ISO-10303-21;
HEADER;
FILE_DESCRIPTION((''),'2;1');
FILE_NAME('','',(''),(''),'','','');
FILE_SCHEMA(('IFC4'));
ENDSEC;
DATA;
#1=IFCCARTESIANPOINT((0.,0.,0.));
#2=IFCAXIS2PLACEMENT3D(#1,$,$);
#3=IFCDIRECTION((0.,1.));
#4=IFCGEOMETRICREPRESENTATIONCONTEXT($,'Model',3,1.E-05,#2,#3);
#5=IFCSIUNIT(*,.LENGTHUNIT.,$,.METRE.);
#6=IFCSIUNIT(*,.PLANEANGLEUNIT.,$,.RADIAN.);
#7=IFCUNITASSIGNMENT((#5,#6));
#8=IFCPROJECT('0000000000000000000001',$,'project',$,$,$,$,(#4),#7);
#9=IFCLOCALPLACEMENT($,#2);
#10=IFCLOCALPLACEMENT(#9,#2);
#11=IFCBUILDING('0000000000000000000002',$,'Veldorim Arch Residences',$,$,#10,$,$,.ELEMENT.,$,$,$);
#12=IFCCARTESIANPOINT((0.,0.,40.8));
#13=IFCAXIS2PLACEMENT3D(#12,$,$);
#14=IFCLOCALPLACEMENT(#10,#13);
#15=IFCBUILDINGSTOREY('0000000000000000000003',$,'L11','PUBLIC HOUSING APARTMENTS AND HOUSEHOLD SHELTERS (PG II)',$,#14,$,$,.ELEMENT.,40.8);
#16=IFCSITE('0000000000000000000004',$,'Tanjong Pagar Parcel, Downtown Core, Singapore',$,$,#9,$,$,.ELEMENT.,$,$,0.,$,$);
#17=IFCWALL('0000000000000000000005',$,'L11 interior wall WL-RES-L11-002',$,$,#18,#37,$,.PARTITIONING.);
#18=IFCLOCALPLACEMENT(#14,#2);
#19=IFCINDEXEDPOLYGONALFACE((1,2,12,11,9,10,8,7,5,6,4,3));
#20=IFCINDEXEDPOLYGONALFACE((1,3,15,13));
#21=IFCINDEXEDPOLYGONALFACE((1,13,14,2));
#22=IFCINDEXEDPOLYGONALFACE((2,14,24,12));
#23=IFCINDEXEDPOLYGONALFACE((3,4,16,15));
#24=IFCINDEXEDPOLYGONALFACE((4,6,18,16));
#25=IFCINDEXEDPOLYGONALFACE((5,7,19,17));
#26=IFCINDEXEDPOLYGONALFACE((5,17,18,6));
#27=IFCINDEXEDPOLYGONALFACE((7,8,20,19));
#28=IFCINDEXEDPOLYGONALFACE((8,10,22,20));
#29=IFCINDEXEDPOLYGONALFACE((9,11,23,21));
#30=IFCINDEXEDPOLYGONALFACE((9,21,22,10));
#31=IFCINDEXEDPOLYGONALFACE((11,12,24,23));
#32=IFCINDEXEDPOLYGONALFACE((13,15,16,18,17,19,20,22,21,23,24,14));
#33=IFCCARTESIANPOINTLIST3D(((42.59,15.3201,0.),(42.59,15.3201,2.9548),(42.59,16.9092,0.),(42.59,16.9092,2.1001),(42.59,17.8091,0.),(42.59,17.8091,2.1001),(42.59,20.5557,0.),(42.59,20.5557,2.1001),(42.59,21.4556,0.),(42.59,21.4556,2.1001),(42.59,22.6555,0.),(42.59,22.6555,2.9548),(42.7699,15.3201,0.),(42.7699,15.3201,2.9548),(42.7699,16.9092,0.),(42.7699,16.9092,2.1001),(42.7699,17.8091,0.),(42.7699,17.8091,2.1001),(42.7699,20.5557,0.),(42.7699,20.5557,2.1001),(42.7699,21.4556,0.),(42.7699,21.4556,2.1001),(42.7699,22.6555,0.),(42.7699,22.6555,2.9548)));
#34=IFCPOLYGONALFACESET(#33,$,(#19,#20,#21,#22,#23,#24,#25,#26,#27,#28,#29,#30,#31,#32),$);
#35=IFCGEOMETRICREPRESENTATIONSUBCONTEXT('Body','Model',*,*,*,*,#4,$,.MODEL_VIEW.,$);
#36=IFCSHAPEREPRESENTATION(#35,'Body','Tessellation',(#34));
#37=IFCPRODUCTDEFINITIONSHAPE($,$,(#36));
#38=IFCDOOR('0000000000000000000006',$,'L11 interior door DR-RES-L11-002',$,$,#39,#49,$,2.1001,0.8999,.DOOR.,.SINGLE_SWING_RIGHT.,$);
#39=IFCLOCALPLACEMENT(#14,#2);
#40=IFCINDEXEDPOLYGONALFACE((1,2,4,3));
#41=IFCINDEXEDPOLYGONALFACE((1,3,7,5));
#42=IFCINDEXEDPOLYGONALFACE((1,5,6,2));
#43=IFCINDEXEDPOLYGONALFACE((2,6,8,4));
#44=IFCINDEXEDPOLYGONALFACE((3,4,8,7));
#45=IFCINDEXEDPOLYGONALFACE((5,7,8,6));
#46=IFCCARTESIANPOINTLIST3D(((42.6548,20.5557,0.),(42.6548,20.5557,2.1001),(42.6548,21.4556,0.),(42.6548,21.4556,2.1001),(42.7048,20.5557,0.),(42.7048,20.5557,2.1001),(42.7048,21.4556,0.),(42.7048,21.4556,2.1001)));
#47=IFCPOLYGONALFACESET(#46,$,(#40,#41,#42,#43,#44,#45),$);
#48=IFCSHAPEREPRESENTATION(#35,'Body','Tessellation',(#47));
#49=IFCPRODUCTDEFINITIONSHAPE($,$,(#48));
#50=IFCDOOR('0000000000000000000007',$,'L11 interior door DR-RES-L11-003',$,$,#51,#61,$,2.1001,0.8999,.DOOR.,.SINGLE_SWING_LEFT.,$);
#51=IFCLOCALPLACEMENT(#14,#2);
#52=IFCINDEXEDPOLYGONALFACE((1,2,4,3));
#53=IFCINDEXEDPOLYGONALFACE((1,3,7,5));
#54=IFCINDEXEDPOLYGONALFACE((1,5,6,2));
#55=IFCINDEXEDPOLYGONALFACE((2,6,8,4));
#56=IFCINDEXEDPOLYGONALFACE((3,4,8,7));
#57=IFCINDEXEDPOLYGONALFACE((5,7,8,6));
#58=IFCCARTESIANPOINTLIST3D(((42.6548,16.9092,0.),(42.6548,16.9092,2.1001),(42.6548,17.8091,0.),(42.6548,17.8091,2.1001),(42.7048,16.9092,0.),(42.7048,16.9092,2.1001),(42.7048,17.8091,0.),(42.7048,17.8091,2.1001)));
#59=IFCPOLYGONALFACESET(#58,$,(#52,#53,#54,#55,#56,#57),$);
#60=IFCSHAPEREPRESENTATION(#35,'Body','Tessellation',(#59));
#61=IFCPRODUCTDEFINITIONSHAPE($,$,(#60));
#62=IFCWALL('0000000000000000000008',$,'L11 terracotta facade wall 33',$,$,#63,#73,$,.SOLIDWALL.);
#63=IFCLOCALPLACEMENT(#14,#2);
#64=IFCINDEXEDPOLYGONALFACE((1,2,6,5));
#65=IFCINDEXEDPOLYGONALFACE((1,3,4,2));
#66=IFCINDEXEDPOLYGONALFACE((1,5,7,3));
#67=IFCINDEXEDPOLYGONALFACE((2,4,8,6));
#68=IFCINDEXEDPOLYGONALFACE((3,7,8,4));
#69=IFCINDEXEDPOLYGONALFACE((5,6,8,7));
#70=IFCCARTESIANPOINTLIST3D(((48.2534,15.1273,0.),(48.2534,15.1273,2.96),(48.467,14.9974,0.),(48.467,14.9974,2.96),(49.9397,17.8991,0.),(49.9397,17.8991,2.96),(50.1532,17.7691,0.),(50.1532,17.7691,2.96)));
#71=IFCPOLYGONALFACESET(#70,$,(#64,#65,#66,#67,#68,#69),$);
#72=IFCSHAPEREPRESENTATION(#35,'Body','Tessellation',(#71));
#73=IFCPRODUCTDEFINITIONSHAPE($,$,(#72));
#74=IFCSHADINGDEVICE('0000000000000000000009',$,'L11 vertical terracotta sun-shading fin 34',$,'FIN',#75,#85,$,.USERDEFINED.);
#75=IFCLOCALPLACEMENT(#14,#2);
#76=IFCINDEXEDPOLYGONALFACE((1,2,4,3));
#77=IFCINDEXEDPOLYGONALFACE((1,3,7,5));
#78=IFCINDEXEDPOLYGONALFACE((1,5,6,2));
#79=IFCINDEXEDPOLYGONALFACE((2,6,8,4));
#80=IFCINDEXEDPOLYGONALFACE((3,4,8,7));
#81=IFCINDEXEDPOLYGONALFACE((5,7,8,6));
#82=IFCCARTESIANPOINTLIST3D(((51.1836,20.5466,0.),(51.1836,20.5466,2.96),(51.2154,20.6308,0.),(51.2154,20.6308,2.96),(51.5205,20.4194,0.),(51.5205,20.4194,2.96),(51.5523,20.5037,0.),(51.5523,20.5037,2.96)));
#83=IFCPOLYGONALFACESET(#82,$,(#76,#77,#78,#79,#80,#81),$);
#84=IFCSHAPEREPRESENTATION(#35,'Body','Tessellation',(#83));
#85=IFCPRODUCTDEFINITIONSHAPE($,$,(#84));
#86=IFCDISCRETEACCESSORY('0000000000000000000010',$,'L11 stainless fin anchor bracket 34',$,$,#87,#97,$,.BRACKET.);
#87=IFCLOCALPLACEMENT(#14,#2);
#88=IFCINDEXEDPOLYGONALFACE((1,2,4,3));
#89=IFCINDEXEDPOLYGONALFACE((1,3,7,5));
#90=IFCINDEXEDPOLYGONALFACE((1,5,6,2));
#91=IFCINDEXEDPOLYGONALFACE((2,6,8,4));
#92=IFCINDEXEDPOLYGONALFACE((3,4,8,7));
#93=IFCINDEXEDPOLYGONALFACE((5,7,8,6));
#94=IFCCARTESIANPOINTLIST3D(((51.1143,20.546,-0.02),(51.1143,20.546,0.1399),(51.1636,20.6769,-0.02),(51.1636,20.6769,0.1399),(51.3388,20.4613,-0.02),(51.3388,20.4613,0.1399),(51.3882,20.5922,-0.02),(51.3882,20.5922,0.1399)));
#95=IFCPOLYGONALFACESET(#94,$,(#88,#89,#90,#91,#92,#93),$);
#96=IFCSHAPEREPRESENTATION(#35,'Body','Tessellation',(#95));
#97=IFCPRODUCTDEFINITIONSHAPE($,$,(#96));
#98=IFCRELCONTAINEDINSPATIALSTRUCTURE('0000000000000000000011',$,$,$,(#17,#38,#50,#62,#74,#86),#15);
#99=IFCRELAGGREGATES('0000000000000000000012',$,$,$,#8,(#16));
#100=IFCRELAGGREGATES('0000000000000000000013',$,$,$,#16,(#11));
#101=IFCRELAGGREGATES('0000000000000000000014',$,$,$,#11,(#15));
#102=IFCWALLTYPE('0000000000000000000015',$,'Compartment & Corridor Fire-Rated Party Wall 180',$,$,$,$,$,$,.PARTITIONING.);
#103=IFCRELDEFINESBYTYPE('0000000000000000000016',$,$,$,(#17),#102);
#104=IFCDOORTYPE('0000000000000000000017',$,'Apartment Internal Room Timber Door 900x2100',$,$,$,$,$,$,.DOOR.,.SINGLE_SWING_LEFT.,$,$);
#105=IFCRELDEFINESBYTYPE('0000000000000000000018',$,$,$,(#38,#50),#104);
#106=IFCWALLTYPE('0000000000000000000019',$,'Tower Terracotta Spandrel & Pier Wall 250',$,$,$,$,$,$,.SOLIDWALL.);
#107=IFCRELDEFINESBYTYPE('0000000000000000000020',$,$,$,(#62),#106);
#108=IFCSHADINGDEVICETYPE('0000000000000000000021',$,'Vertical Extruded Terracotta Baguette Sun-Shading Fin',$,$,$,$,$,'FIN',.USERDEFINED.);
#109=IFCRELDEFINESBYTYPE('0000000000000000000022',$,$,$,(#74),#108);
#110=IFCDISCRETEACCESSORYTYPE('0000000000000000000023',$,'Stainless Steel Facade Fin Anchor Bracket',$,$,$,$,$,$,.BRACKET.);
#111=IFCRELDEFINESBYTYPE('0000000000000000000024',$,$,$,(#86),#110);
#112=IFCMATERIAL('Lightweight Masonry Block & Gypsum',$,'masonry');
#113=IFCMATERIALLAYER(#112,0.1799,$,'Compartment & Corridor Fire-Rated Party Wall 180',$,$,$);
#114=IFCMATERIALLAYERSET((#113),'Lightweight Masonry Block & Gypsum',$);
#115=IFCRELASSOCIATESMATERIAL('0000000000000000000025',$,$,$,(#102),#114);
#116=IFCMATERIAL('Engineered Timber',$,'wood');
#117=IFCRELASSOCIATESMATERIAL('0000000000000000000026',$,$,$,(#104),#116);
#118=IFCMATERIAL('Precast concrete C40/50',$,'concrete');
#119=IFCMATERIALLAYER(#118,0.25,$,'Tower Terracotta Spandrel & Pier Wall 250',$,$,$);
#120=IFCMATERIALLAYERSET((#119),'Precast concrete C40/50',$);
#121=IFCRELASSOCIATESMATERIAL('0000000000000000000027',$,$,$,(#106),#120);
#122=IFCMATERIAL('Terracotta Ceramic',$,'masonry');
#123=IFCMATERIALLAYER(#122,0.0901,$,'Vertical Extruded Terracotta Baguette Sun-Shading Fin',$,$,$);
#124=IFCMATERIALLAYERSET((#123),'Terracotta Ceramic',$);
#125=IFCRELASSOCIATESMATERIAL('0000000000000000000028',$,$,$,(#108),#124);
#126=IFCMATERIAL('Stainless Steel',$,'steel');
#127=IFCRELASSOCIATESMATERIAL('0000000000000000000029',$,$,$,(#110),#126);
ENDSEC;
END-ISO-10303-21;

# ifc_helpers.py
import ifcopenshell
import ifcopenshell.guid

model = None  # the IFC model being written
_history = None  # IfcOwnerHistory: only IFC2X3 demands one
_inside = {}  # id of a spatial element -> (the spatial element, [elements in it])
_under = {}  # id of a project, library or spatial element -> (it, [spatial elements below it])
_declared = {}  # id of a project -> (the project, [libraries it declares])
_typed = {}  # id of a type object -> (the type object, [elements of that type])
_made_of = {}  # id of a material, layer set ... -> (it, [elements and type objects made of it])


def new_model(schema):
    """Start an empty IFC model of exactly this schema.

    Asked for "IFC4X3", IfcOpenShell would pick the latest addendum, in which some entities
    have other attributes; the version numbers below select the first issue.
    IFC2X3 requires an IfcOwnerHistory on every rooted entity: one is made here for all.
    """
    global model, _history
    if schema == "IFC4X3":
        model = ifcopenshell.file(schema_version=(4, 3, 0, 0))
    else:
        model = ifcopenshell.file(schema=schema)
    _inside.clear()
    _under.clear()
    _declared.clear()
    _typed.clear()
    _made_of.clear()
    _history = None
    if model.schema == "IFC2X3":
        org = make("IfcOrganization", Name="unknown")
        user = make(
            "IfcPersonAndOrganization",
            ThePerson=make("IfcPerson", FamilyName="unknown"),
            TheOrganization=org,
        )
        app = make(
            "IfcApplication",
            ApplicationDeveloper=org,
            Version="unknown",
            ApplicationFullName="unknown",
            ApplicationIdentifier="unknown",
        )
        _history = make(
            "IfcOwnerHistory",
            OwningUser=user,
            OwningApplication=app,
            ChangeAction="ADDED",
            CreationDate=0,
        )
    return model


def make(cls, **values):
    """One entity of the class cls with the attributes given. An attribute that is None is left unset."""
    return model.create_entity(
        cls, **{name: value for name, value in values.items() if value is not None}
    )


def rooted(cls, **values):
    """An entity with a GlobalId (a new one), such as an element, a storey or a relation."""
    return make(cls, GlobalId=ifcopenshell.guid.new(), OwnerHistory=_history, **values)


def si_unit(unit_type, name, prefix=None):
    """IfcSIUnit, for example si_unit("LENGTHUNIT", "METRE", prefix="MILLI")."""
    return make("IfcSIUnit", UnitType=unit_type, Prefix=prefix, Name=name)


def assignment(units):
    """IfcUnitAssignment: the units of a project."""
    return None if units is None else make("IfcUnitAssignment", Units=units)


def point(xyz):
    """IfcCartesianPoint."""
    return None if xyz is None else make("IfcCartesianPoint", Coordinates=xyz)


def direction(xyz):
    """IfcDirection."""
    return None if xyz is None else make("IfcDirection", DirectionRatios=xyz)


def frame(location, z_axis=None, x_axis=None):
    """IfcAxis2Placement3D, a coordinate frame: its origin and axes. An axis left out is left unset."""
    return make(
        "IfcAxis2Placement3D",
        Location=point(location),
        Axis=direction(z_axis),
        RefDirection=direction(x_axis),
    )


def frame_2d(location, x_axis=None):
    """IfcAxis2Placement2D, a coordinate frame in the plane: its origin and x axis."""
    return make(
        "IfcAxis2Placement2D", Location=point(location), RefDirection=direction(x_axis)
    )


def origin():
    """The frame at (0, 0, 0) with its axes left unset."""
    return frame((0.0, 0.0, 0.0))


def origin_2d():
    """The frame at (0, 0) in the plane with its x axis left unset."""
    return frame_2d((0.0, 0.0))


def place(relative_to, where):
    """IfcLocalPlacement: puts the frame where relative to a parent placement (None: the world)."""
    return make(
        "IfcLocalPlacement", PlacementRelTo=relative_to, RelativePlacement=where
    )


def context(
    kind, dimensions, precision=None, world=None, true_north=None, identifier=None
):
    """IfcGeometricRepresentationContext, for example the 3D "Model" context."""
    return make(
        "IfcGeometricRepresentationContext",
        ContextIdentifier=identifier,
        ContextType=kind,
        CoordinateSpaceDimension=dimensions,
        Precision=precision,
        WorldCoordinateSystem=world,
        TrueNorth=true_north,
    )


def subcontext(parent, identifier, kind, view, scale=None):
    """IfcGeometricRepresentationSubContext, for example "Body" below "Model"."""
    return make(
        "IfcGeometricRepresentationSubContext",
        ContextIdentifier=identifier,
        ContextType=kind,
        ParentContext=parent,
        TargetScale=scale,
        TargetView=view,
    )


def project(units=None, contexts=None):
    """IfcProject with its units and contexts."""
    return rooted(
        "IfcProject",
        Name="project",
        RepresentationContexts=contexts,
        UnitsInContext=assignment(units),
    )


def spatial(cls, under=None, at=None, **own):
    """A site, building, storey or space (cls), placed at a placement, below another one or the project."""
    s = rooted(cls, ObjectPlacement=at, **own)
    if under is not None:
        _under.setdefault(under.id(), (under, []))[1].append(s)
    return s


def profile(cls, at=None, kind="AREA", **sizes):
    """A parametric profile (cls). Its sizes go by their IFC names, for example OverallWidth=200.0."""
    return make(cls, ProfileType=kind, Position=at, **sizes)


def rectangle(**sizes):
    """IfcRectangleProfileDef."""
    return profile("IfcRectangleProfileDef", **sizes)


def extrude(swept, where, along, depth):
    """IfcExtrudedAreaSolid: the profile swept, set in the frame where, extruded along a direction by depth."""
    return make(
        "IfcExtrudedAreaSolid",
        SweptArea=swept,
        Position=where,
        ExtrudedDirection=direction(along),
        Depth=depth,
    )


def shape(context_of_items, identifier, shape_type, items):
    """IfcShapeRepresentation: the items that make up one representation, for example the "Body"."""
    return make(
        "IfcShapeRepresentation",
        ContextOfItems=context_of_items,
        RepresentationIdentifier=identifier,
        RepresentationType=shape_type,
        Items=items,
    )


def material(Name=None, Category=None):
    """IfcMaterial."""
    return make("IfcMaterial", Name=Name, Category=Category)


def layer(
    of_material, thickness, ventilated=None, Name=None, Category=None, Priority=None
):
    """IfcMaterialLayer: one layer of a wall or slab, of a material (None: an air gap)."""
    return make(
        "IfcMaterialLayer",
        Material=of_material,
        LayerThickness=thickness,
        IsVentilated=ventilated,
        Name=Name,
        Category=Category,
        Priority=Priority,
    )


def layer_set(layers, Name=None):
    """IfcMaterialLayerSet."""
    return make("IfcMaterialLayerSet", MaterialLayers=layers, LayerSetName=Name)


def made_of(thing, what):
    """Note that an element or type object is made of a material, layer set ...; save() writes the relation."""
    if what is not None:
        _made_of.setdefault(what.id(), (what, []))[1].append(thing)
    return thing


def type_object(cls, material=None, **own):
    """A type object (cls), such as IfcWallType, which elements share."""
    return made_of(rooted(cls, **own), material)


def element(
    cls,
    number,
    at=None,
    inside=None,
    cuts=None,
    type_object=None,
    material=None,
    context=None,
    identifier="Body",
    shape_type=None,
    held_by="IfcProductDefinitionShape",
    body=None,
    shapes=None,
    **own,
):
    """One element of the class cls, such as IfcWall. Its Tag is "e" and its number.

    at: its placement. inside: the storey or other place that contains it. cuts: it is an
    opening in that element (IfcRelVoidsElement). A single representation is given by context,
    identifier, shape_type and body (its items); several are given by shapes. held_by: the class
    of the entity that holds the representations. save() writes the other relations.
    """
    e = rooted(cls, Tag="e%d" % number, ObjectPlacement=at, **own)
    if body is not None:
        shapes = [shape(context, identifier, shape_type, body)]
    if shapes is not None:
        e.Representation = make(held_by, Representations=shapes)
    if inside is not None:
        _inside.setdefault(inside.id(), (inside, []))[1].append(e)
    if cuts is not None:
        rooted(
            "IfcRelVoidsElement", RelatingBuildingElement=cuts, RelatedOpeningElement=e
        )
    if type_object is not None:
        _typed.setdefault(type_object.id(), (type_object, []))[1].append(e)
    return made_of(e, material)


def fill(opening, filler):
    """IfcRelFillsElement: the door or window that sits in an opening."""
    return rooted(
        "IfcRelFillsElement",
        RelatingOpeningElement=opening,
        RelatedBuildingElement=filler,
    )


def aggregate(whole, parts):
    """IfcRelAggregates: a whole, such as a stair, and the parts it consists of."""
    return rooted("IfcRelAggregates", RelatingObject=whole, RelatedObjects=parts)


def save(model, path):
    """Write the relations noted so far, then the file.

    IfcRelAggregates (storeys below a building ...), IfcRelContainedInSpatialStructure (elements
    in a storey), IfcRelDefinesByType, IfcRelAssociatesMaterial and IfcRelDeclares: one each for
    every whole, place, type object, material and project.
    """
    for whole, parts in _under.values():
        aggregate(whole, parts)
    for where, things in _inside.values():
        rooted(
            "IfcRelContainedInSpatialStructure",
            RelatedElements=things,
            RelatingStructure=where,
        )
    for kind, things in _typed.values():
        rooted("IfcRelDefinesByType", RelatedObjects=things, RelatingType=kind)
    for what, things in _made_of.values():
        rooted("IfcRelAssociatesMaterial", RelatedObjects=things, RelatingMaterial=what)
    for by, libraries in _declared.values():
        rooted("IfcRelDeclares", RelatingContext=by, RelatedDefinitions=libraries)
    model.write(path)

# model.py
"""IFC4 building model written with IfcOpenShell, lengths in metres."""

from ifc_helpers import new_model, si_unit, direction, frame, frame_2d, origin, origin_2d, place, context, subcontext, project, spatial, rectangle, extrude, material, layer, layer_set, type_object, element, fill, save


model = new_model("IFC4")

# Units and contexts
model_context = context("Model", 3, precision=1e-05, world=origin(), true_north=direction((0.0, 1.0)))
body_context = subcontext(model_context, "Body", "Model", "MODEL_VIEW")
ifc_project = project(units=[si_unit("LENGTHUNIT", "METRE"), si_unit("PLANEANGLEUNIT", "RADIAN")], contexts=[model_context])

# Site, building, storey
site_placement = place(None, origin())
site = spatial("IfcSite", under=ifc_project, at=site_placement, Name="Tanjong Pagar Parcel, Downtown Core, Singapore", CompositionType="ELEMENT", RefElevation=0.0)
building_placement = place(site_placement, origin())
building = spatial("IfcBuilding", under=site, at=building_placement, Name="Veldorim Arch Residences", CompositionType="ELEMENT")
storey_placement = place(building_placement, frame((0.0, 0.0, 40.8)))
storey = spatial("IfcBuildingStorey", under=building, at=storey_placement, Name="L11", Description="PUBLIC HOUSING APARTMENTS AND HOUSEHOLD SHELTERS (PG II)", CompositionType="ELEMENT", Elevation=40.8)

# Shared definitions
ifc_material_1 = material(Name="Lightweight Masonry Block & Gypsum", Category="masonry")
ifc_layer_1 = layer(ifc_material_1, 0.1799, Name="Compartment & Corridor Fire-Rated Party Wall 180")
ifc_layer_set_1 = layer_set([ifc_layer_1], Name="Lightweight Masonry Block & Gypsum")
wall_type_1 = type_object("IfcWallType", Name="Compartment & Corridor Fire-Rated Party Wall 180", PredefinedType="PARTITIONING", material=ifc_layer_set_1)

# Wall, openings, doors
wall_1_placement = place(storey_placement, frame((42.6799, 22.6555, 0.0), z_axis=(0.0, 0.0, 1.0), x_axis=(0.0, -1.0, 0.0)))
wall_1 = element("IfcWall", 1, at=wall_1_placement, inside=storey, type_object=wall_type_1, Name="L11 interior wall WL-RES-L11-002", PredefinedType="PARTITIONING", context=body_context, shape_type="SweptSolid", body=[
    extrude(rectangle(XDim=7.3354, YDim=0.1799, at=frame_2d((3.6677, 0.0))), origin(), (0.0, 0.0, 1.0), 2.9548),
])
opening_1_placement = place(wall_1_placement, frame((1.2, 0.0, 0.0)))
opening_1 = element("IfcOpeningElement", 2, at=opening_1_placement, cuts=wall_1, PredefinedType="OPENING", context=body_context, shape_type="SweptSolid", body=[
    extrude(rectangle(XDim=0.8999, YDim=2.1001, at=frame_2d((0.45, 1.05))), frame((0.0, 0.0999, 0.0), z_axis=(0.0, -1.0, 0.0), x_axis=(1.0, 0.0, 0.0)), (0.0, 0.0, 1.0), 0.2),
])
opening_2_placement = place(wall_1_placement, frame((4.8464, 0.0, 0.0)))
opening_2 = element("IfcOpeningElement", 3, at=opening_2_placement, cuts=wall_1, PredefinedType="OPENING", context=body_context, shape_type="SweptSolid", body=[
    extrude(rectangle(XDim=0.8999, YDim=2.1001, at=frame_2d((0.45, 1.05))), frame((0.0, 0.0999, 0.0), z_axis=(0.0, -1.0, 0.0), x_axis=(1.0, 0.0, 0.0)), (0.0, 0.0, 1.0), 0.2),
])
ifc_material_2 = material(Name="Engineered Timber", Category="wood")
door_type_1 = type_object("IfcDoorType", Name="Apartment Internal Room Timber Door 900x2100", OperationType="SINGLE_SWING_LEFT", PredefinedType="DOOR", material=ifc_material_2)
door_1_placement = place(opening_1_placement, origin())
door_1 = element("IfcDoor", 4, at=door_1_placement, inside=storey, type_object=door_type_1, Name="L11 interior door DR-RES-L11-002", OperationType="SINGLE_SWING_RIGHT", OverallHeight=2.1001, OverallWidth=0.8999, PredefinedType="DOOR", context=body_context, shape_type="SweptSolid", body=[
    extrude(rectangle(XDim=0.8999, YDim=2.1001, at=frame_2d((0.45, 1.05))), frame((0.0, 0.0249, 0.0), z_axis=(0.0, -1.0, 0.0), x_axis=(1.0, 0.0, 0.0)), (0.0, 0.0, 1.0), 0.05),
])
fill(opening_1, door_1)
door_2_placement = place(opening_2_placement, origin())
door_2 = element("IfcDoor", 5, at=door_2_placement, inside=storey, type_object=door_type_1, Name="L11 interior door DR-RES-L11-003", OperationType="SINGLE_SWING_LEFT", OverallHeight=2.1001, OverallWidth=0.8999, PredefinedType="DOOR", context=body_context, shape_type="SweptSolid", body=[
    extrude(rectangle(XDim=0.8999, YDim=2.1001, at=frame_2d((0.45, 1.05))), frame((0.0, 0.0249, 0.0), z_axis=(0.0, -1.0, 0.0), x_axis=(1.0, 0.0, 0.0)), (0.0, 0.0, 1.0), 0.05),
])
fill(opening_2, door_2)

# Wall
ifc_material_3 = material(Name="Precast concrete C40/50", Category="concrete")
ifc_layer_2 = layer(ifc_material_3, 0.25, Name="Tower Terracotta Spandrel & Pier Wall 250")
ifc_layer_set_2 = layer_set([ifc_layer_2], Name="Precast concrete C40/50")
wall_type_2 = type_object("IfcWallType", Name="Tower Terracotta Spandrel & Pier Wall 250", PredefinedType="SOLIDWALL", material=ifc_layer_set_2)
wall_2_placement = place(storey_placement, frame((50.0464, 17.834, 0.0), z_axis=(0.0, 0.0, 1.0), x_axis=(-0.519754, -0.854316, 0.0)))
element("IfcWall", 6, at=wall_2_placement, inside=storey, type_object=wall_type_2, Name="L11 terracotta facade wall 33", PredefinedType="SOLIDWALL", context=body_context, shape_type="SweptSolid", body=[
    extrude(rectangle(XDim=3.2444, YDim=0.25, at=frame_2d((1.6221, 0.0))), origin(), (0.0, 0.0, 1.0), 2.96),
])

# Shading device
ifc_material_4 = material(Name="Terracotta Ceramic", Category="masonry")
ifc_layer_3 = layer(ifc_material_4, 0.0901, Name="Vertical Extruded Terracotta Baguette Sun-Shading Fin")
ifc_layer_set_3 = layer_set([ifc_layer_3], Name="Terracotta Ceramic")
shading_device_type = type_object("IfcShadingDeviceType", Name="Vertical Extruded Terracotta Baguette Sun-Shading Fin", ElementType="FIN", PredefinedType="USERDEFINED", material=ifc_layer_set_3)
shading_device_placement = place(storey_placement, frame((51.3679, 20.5251, 0.0), z_axis=(0.0, 0.0, 1.0), x_axis=(-0.352985, -0.935629, 0.0)))
element("IfcShadingDevice", 7, at=shading_device_placement, inside=storey, type_object=shading_device_type, Name="L11 vertical terracotta sun-shading fin 34", ObjectType="FIN", PredefinedType="USERDEFINED", context=body_context, shape_type="SweptSolid", body=[
    extrude(rectangle(XDim=0.0901, YDim=0.3601, at=origin_2d()), origin(), (0.0, 0.0, 1.0), 2.96),
])

# Discrete accessory
ifc_material_5 = material(Name="Stainless Steel", Category="steel")
discrete_accessory_type = type_object("IfcDiscreteAccessoryType", Name="Stainless Steel Facade Fin Anchor Bracket", PredefinedType="BRACKET", material=ifc_material_5)
discrete_accessory_placement = place(storey_placement, frame((51.2512, 20.5691, -0.02), z_axis=(0.0, 0.0, 1.0), x_axis=(-0.352985, -0.935629, 0.0)))
element("IfcDiscreteAccessory", 8, at=discrete_accessory_placement, inside=storey, type_object=discrete_accessory_type, Name="L11 stainless fin anchor bracket 34", PredefinedType="BRACKET", context=body_context, shape_type="SweptSolid", body=[
    extrude(rectangle(XDim=0.1399, YDim=0.24, at=origin_2d()), origin(), (0.0, 0.0, 1.0), 0.1599),
])

save(model, "model.ifc")
